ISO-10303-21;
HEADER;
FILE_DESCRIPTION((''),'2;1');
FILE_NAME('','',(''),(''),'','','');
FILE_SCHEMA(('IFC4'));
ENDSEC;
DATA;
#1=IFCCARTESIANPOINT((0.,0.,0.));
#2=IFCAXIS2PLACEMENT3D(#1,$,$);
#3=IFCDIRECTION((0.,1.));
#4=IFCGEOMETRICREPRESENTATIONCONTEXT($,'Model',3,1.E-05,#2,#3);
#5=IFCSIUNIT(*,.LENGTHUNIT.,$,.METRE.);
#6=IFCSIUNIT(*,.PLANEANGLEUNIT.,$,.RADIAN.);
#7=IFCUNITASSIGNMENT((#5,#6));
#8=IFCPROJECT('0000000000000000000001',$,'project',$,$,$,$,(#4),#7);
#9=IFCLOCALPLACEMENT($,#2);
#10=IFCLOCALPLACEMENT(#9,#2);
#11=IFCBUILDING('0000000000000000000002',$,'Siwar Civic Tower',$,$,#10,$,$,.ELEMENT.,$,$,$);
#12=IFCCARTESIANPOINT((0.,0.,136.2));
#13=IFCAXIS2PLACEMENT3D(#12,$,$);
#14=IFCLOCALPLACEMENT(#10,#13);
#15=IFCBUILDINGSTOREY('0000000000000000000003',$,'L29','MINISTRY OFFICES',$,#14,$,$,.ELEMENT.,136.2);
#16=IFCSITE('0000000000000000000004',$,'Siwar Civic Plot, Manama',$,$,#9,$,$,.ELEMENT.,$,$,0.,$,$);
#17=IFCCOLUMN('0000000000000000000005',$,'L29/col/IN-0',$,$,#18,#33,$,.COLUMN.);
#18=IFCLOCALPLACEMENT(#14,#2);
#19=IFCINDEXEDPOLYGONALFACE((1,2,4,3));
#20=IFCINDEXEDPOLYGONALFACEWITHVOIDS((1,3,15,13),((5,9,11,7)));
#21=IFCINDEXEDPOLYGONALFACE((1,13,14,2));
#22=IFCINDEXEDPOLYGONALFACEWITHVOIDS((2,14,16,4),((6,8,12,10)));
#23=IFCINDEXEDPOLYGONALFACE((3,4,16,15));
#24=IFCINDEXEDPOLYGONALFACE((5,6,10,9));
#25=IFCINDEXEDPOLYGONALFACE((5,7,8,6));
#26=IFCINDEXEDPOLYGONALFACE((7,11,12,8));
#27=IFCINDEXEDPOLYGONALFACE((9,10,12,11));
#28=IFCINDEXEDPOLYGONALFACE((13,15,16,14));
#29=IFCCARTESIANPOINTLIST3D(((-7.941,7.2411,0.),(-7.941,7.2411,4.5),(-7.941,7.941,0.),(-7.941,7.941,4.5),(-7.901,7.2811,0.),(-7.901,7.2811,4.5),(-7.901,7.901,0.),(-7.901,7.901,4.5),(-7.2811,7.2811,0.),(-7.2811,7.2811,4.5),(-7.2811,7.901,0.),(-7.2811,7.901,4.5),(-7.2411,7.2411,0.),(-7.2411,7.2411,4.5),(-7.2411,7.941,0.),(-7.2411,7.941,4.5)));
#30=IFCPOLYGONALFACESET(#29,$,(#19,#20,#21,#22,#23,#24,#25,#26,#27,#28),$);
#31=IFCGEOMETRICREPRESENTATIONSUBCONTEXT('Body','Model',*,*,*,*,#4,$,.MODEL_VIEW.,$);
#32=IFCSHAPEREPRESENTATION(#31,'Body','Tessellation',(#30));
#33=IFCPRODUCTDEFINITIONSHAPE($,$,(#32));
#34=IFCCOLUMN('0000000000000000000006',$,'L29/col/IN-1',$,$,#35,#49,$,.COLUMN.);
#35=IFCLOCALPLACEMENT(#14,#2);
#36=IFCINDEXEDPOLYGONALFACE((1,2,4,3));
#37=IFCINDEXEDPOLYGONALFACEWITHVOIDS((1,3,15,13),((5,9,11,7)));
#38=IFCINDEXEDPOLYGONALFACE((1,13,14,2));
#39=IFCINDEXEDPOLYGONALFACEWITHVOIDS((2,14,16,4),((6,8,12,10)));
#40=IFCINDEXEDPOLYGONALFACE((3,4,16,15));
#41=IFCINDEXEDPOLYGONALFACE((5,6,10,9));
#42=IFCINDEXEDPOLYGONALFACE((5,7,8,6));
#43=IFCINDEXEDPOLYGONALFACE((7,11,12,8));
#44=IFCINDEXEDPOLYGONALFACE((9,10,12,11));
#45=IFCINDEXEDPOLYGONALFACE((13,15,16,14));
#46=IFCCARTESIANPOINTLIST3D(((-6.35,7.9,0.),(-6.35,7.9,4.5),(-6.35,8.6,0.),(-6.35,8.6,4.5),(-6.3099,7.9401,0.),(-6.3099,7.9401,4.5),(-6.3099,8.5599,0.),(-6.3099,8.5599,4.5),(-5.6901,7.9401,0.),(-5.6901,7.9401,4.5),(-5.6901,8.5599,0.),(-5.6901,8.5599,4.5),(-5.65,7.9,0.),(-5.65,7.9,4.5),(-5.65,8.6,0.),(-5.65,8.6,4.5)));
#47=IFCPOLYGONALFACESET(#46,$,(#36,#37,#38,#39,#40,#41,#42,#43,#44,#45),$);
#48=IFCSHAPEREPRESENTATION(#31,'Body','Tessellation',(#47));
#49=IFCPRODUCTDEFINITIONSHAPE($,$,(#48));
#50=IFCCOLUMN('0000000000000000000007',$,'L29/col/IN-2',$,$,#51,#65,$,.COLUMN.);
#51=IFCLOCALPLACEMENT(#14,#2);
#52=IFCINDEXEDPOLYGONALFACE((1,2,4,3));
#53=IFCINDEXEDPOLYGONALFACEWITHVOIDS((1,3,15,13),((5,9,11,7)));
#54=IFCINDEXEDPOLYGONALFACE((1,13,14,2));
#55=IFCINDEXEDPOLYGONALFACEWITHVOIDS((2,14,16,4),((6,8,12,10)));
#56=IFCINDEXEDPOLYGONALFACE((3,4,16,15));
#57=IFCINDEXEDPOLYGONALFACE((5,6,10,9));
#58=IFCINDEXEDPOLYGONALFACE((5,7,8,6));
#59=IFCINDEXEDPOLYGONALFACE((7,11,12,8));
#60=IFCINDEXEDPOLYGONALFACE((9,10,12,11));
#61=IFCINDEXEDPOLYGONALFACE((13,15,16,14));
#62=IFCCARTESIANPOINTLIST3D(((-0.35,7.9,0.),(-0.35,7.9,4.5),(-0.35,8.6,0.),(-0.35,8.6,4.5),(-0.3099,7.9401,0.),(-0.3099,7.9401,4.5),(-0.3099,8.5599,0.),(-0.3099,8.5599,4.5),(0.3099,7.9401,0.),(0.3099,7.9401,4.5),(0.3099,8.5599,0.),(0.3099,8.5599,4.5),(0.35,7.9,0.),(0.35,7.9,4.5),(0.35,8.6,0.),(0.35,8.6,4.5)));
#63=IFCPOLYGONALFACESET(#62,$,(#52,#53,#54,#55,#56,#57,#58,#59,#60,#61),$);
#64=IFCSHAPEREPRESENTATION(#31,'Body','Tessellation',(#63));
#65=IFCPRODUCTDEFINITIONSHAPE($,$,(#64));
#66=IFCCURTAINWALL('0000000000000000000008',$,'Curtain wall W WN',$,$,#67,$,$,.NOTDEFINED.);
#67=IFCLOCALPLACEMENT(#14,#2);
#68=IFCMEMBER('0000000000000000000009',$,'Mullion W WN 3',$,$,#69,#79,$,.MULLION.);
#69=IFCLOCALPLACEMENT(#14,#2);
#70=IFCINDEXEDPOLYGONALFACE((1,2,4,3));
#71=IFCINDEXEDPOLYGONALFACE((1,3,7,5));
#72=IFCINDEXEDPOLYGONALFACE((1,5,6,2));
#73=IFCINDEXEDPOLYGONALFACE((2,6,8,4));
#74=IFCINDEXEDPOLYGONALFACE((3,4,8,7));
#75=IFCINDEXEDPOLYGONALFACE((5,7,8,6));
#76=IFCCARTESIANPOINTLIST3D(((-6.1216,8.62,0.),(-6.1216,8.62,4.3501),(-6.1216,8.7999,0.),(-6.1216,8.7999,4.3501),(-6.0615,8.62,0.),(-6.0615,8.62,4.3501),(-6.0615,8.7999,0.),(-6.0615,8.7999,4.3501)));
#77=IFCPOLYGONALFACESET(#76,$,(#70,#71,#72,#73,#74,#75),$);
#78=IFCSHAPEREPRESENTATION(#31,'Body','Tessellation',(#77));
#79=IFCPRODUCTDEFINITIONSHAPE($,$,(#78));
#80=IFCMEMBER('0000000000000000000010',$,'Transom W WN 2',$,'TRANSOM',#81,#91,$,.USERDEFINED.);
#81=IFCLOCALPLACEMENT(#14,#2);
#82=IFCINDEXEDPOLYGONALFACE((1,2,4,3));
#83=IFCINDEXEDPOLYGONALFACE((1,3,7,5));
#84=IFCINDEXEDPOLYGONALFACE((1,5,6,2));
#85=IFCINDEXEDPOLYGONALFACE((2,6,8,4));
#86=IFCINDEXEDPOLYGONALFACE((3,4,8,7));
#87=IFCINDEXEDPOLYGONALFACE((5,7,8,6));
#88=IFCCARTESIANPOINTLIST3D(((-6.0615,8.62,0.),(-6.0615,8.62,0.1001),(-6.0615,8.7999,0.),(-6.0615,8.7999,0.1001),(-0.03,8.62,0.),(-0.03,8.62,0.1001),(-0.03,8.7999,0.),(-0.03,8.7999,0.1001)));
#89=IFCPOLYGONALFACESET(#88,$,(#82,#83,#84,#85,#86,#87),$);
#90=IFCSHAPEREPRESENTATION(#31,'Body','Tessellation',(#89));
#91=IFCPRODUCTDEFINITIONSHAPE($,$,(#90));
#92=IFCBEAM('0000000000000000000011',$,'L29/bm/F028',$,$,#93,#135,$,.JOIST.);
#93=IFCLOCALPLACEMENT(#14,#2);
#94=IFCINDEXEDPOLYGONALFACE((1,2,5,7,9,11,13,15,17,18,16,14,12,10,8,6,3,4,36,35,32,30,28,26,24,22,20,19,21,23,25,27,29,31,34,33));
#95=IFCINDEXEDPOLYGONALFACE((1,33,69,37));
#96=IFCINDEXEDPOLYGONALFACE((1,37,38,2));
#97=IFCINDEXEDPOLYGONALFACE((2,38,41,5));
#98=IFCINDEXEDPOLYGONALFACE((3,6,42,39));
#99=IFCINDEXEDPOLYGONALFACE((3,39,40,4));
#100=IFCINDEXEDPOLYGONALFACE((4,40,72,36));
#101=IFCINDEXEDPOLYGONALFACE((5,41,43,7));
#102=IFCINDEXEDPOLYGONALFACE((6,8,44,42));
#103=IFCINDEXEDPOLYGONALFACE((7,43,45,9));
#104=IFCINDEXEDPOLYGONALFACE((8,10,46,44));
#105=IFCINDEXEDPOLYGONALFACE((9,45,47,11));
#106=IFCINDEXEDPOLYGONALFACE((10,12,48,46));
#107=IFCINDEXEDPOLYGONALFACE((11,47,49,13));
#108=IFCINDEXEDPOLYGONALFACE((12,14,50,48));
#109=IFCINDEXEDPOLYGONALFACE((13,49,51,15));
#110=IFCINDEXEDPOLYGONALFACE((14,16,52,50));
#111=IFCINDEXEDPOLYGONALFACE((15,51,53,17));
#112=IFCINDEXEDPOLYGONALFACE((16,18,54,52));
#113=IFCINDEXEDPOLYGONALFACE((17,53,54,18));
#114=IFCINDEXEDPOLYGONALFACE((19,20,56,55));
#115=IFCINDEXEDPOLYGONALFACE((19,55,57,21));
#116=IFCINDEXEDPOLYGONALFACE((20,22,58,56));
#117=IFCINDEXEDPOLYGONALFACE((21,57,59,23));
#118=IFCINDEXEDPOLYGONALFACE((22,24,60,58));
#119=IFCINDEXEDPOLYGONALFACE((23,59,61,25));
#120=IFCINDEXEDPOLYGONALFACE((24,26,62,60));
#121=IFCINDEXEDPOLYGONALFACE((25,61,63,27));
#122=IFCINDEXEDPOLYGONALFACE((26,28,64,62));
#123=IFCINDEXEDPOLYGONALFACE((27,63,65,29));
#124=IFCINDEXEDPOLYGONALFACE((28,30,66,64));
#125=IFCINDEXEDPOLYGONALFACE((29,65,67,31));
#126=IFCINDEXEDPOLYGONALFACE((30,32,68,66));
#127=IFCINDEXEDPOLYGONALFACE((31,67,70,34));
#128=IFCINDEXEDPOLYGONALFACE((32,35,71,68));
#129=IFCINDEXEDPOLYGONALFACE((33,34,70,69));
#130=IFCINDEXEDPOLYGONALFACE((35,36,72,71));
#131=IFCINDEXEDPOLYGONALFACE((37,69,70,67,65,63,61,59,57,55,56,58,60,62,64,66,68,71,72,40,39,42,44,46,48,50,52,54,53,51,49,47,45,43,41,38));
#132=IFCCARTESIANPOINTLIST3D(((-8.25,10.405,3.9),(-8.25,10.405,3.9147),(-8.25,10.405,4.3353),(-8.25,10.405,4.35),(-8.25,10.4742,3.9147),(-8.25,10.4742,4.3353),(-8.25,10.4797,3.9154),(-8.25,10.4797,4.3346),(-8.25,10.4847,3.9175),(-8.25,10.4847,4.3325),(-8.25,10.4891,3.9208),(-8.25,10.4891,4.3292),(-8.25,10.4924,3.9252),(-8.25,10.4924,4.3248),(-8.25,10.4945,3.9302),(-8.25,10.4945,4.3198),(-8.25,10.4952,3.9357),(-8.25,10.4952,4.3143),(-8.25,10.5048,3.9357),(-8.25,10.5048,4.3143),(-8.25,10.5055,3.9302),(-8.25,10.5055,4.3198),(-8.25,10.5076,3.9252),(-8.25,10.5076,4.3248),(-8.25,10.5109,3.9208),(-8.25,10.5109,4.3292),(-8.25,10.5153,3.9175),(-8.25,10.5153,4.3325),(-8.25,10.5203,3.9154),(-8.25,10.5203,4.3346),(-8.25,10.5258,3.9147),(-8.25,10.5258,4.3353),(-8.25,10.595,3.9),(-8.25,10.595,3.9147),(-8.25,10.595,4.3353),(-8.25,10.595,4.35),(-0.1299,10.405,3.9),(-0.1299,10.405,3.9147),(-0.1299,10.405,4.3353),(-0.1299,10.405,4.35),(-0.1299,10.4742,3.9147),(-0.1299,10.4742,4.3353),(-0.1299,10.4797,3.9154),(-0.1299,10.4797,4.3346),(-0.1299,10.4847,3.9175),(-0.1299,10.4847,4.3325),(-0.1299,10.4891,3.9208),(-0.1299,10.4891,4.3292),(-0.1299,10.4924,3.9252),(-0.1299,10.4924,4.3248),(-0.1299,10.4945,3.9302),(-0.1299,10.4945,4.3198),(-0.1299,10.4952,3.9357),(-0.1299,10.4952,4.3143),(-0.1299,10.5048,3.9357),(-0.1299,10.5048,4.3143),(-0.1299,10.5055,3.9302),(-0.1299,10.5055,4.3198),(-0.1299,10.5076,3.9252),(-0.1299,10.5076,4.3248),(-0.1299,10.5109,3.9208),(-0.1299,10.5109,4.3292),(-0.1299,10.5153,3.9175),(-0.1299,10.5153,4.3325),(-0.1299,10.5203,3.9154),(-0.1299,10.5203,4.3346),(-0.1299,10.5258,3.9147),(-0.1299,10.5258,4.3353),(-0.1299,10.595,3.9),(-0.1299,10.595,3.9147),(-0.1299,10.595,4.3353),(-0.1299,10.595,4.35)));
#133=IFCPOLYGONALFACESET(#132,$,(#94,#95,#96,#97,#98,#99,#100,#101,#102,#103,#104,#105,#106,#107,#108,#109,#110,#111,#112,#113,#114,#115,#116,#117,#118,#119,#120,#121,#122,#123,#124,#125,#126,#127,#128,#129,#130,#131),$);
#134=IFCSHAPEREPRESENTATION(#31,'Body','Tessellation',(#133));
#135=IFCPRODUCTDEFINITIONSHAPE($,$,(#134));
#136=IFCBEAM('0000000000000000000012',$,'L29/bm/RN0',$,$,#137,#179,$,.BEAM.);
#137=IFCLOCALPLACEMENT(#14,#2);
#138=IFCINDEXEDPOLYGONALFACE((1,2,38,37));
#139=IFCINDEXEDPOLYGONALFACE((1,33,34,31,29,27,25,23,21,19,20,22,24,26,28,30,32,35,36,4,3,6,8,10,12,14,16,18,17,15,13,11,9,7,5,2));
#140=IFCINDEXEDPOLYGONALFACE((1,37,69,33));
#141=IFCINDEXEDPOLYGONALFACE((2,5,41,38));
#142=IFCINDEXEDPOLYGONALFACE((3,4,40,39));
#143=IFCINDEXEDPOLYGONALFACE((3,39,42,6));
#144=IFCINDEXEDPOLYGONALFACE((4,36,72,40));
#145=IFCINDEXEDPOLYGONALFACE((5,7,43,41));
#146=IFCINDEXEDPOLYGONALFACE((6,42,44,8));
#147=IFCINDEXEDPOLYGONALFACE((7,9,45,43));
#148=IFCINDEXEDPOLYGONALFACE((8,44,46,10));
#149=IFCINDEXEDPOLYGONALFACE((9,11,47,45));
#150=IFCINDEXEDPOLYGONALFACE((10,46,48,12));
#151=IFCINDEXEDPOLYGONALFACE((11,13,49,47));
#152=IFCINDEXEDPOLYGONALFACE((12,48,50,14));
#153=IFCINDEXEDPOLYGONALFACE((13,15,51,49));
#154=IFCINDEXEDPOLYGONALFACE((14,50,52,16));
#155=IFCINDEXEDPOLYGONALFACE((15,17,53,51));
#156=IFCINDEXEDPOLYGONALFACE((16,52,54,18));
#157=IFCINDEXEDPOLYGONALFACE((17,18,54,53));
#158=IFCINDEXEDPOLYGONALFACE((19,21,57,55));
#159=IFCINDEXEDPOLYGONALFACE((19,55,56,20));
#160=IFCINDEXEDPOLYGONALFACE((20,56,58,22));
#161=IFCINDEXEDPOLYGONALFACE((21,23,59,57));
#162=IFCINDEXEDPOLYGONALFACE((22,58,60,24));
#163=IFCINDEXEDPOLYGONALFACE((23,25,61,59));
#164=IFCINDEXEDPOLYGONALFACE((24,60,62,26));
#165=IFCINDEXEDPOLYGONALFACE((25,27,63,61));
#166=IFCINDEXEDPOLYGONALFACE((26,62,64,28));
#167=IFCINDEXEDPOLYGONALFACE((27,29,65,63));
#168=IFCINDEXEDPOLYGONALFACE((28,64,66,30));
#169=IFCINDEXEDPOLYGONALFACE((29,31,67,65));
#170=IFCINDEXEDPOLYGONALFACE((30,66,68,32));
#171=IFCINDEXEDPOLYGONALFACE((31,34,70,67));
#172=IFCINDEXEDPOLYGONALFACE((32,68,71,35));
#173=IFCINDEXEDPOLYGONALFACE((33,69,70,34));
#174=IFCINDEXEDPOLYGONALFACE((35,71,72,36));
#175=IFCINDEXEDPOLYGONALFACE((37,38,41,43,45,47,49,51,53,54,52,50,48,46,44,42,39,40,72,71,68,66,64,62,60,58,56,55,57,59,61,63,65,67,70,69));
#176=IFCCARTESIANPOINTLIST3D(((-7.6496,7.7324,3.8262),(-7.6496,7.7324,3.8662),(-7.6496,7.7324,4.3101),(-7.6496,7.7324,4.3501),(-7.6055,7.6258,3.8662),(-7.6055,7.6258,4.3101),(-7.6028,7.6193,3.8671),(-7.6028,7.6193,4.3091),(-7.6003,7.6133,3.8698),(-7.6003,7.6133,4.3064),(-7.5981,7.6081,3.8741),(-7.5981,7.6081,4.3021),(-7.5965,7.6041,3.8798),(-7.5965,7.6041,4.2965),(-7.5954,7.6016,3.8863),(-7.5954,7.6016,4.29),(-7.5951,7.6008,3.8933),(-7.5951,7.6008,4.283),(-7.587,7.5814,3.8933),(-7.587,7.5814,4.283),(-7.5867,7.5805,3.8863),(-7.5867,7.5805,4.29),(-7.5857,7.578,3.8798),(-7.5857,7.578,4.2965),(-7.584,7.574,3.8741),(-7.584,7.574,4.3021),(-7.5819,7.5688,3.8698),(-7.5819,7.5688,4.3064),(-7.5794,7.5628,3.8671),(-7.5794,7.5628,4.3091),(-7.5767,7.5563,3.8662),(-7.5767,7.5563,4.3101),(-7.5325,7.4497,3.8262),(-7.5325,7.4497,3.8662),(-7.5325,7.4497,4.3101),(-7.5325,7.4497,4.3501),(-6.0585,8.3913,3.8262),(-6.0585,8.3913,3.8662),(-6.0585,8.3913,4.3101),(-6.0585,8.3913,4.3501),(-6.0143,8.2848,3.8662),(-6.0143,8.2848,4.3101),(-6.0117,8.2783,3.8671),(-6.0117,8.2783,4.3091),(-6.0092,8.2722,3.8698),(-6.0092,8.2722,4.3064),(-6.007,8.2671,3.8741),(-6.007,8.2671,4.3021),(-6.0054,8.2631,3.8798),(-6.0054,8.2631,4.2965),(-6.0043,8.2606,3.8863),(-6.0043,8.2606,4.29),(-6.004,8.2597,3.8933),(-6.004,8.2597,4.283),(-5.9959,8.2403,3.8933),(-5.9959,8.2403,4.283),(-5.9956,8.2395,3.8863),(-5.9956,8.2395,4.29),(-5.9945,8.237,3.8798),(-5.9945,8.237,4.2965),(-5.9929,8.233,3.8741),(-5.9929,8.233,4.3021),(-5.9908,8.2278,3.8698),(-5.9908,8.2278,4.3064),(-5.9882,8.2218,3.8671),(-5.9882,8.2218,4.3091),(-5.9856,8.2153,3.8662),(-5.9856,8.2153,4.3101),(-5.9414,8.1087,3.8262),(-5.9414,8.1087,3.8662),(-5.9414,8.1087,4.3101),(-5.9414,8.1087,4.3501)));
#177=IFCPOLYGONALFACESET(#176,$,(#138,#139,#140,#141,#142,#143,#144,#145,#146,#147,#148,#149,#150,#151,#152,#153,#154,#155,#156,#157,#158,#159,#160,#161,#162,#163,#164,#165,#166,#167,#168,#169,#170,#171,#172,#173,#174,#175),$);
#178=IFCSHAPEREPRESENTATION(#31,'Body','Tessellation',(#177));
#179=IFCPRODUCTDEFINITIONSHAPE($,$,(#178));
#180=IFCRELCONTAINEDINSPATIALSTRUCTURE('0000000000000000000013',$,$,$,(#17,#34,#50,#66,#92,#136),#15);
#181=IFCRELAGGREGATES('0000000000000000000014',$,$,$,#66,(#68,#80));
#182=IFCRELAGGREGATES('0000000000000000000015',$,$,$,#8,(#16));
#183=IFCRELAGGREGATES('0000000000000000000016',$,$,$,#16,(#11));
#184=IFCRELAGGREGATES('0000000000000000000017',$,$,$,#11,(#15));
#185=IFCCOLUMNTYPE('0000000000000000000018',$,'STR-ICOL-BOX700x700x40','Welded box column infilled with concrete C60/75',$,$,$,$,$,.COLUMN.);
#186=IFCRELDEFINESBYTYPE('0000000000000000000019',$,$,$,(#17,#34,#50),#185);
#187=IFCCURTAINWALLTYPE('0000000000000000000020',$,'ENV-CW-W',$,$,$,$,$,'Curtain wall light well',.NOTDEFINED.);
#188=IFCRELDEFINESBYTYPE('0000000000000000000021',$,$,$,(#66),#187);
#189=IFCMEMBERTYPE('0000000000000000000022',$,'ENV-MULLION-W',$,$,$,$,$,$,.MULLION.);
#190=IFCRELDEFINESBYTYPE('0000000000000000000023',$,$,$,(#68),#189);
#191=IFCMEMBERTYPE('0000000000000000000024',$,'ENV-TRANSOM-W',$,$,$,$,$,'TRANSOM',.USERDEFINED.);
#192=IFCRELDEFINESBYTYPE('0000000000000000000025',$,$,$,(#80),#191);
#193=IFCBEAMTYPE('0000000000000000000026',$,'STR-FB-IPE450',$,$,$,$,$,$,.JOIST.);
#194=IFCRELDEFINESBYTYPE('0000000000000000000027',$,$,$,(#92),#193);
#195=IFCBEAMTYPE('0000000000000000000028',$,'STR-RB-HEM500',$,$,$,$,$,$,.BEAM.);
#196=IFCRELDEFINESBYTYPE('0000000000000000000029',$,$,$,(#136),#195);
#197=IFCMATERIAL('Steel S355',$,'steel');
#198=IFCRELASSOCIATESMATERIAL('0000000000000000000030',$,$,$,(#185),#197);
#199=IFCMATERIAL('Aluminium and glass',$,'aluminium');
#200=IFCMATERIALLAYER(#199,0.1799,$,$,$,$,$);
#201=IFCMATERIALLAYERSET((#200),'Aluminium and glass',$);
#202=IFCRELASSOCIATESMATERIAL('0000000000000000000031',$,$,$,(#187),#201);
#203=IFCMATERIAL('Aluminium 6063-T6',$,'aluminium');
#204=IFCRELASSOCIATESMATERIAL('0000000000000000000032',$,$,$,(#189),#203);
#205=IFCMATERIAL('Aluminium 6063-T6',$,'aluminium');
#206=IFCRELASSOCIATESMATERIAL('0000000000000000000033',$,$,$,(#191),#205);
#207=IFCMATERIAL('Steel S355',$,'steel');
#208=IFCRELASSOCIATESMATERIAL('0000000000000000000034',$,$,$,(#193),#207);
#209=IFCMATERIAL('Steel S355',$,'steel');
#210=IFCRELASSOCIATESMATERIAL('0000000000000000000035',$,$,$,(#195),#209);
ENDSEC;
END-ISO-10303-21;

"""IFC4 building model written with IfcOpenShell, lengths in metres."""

from ifc_helpers import new_model, si_unit, direction, frame, origin, origin_2d, place, context, subcontext, project, spatial, rectangle, hollow_rectangle, i_section, extrude, material, layer, layer_set, material_profile, profile_set, type_object, element, aggregate, save


model = new_model("IFC4")

# Units and contexts
model_context = context("Model", 3, precision=1e-05, world=origin(), true_north=direction((0.0, 1.0)))
body_context = subcontext(model_context, "Body", "Model", "MODEL_VIEW")
ifc_project = project(units=[si_unit("LENGTHUNIT", "METRE"), si_unit("PLANEANGLEUNIT", "RADIAN")], contexts=[model_context])

# Site, building, storey
site_placement = place(None, origin())
site = spatial("IfcSite", under=ifc_project, at=site_placement, Name="Siwar Civic Plot, Manama", CompositionType="ELEMENT", RefElevation=0.0)
building_placement = place(site_placement, origin())
building = spatial("IfcBuilding", under=site, at=building_placement, Name="Siwar Civic Tower", CompositionType="ELEMENT")
storey_placement = place(building_placement, frame((0.0, 0.0, 136.2)))
storey = spatial("IfcBuildingStorey", under=building, at=storey_placement, Name="L29", Description="MINISTRY OFFICES", CompositionType="ELEMENT", Elevation=136.2)

# Columns
ifc_material_1 = material(Name="Steel S355", Category="steel")
ifc_material_profile_1 = material_profile(ifc_material_1, hollow_rectangle(XDim=0.7, YDim=0.7, WallThickness=0.04, at=origin_2d()), Name="BOX700x700x40")
ifc_profile_set_1 = profile_set([ifc_material_profile_1], Name="Steel S355")
column_type = type_object("IfcColumnType", Name="STR-ICOL-BOX700x700x40", Description="Welded box column infilled with concrete C60/75", PredefinedType="COLUMN", material=ifc_profile_set_1)
for number, where, z_axis, x_axis, name in (
    (1, (-7.5911, 7.5911, 0.0), (0.0, 0.0, 1.0), (1.0, 0.0, 0.0), "L29/col/IN-0"),
    (2, (-6.0, 8.25, 0.0), (0.0, 0.0, 1.0), (1.0, 0.0, 0.0), "L29/col/IN-1"),
    (3, (0.0, 8.25, 0.0), (0.0, 0.0, 1.0), (1.0, 0.0, 0.0), "L29/col/IN-2"),
):
    element("IfcColumn", number, at=place(storey_placement, frame(where, z_axis=z_axis, x_axis=x_axis)), inside=storey, type_object=column_type, Name=name, PredefinedType="COLUMN", context=body_context, shape_type="SweptSolid", body=[
        extrude(hollow_rectangle(XDim=0.7, YDim=0.7, WallThickness=0.04, at=origin_2d()), origin(), (0.0, 0.0, 1.0), 4.5),
    ])

# Curtain wall, members
ifc_material_2 = material(Name="Aluminium and glass", Category="aluminium")
ifc_layer_1 = layer(ifc_material_2, 0.1799)
ifc_layer_set_1 = layer_set([ifc_layer_1], Name="Aluminium and glass")
curtain_wall_type = type_object("IfcCurtainWallType", Name="ENV-CW-W", ElementType="Curtain wall light well", PredefinedType="NOTDEFINED", material=ifc_layer_set_1)
curtain_wall_placement = place(storey_placement, origin())
curtain_wall = element("IfcCurtainWall", 4, at=curtain_wall_placement, inside=storey, type_object=curtain_wall_type, Name="Curtain wall W WN", PredefinedType="NOTDEFINED")
ifc_material_3 = material(Name="Aluminium 6063-T6", Category="aluminium")
ifc_material_profile_2 = material_profile(ifc_material_3, rectangle(XDim=0.1799, YDim=0.0601, at=origin_2d()), Name="AL 180x60")
ifc_profile_set_2 = profile_set([ifc_material_profile_2], Name="Aluminium 6063-T6")
member_type_1 = type_object("IfcMemberType", Name="ENV-MULLION-W", PredefinedType="MULLION", material=ifc_profile_set_2)
member_1_placement = place(storey_placement, frame((-6.0916, 8.71, 0.0), z_axis=(0.0, 0.0, 1.0), x_axis=(0.0, -1.0, 0.0)))
member_1 = element("IfcMember", 5, at=member_1_placement, type_object=member_type_1, Name="Mullion W WN 3", PredefinedType="MULLION", context=body_context, shape_type="SweptSolid", body=[
    extrude(rectangle(XDim=0.1799, YDim=0.0601, at=origin_2d()), origin(), (0.0, 0.0, 1.0), 4.3501),
])
ifc_material_4 = material(Name="Aluminium 6063-T6", Category="aluminium")
ifc_material_profile_3 = material_profile(ifc_material_4, rectangle(XDim=0.1799, YDim=0.1001, at=origin_2d()), Name="AL 180x100")
ifc_profile_set_3 = profile_set([ifc_material_profile_3], Name="Aluminium 6063-T6")
member_type_2 = type_object("IfcMemberType", Name="ENV-TRANSOM-W", ElementType="TRANSOM", PredefinedType="USERDEFINED", material=ifc_profile_set_3)
member_2_placement = place(storey_placement, frame((-0.03, 8.71, 0.05), z_axis=(-1.0, 0.0, 0.0), x_axis=(0.0, -1.0, 0.0)))
member_2 = element("IfcMember", 6, at=member_2_placement, type_object=member_type_2, Name="Transom W WN 2", ObjectType="TRANSOM", PredefinedType="USERDEFINED", context=body_context, shape_type="SweptSolid", body=[
    extrude(rectangle(XDim=0.1799, YDim=0.1001, at=origin_2d()), origin(), (0.0, 0.0, 1.0), 6.0315),
])

# Beams
ifc_material_5 = material(Name="Steel S355", Category="steel")
ifc_material_profile_4 = material_profile(ifc_material_5, i_section(OverallWidth=0.1899, OverallDepth=0.45, WebThickness=0.0095, FlangeThickness=0.0146, FilletRadius=0.021, at=origin_2d()), Name="IPE450")
ifc_profile_set_4 = profile_set([ifc_material_profile_4], Name="Steel S355")
beam_type_1 = type_object("IfcBeamType", Name="STR-FB-IPE450", PredefinedType="JOIST", material=ifc_profile_set_4)
beam_1_placement = place(storey_placement, frame((-8.25, 10.5, 4.125), z_axis=(1.0, 0.0, 0.0), x_axis=(0.0, 1.0, 0.0)))
element("IfcBeam", 7, at=beam_1_placement, inside=storey, type_object=beam_type_1, Name="L29/bm/F028", PredefinedType="JOIST", context=body_context, shape_type="SweptSolid", body=[
    extrude(i_section(OverallWidth=0.1899, OverallDepth=0.45, WebThickness=0.0095, FlangeThickness=0.0146, FilletRadius=0.021, at=origin_2d()), origin(), (0.0, 0.0, 1.0), 8.1201),
])
ifc_material_6 = material(Name="Steel S355", Category="steel")
ifc_material_profile_5 = material_profile(ifc_material_6, i_section(OverallWidth=0.3059, OverallDepth=0.5239, WebThickness=0.021, FlangeThickness=0.04, FilletRadius=0.0271, at=origin_2d()), Name="HEM500")
ifc_profile_set_5 = profile_set([ifc_material_profile_5], Name="Steel S355")
beam_type_2 = type_object("IfcBeamType", Name="STR-RB-HEM500", PredefinedType="BEAM", material=ifc_profile_set_5)
beam_2_placement = place(storey_placement, frame((-7.5911, 7.5911, 4.0881), z_axis=(0.923901, 0.382631, 0.0), x_axis=(-0.382631, 0.923901, 0.0)))
element("IfcBeam", 8, at=beam_2_placement, inside=storey, type_object=beam_type_2, Name="L29/bm/RN0", PredefinedType="BEAM", context=body_context, shape_type="SweptSolid", body=[
    extrude(i_section(OverallWidth=0.3059, OverallDepth=0.5239, WebThickness=0.021, FlangeThickness=0.04, FilletRadius=0.0271, at=origin_2d()), origin(), (0.0, 0.0, 1.0), 1.7222),
])

aggregate(curtain_wall, [member_1, member_2])

save(model, "model.ifc")
